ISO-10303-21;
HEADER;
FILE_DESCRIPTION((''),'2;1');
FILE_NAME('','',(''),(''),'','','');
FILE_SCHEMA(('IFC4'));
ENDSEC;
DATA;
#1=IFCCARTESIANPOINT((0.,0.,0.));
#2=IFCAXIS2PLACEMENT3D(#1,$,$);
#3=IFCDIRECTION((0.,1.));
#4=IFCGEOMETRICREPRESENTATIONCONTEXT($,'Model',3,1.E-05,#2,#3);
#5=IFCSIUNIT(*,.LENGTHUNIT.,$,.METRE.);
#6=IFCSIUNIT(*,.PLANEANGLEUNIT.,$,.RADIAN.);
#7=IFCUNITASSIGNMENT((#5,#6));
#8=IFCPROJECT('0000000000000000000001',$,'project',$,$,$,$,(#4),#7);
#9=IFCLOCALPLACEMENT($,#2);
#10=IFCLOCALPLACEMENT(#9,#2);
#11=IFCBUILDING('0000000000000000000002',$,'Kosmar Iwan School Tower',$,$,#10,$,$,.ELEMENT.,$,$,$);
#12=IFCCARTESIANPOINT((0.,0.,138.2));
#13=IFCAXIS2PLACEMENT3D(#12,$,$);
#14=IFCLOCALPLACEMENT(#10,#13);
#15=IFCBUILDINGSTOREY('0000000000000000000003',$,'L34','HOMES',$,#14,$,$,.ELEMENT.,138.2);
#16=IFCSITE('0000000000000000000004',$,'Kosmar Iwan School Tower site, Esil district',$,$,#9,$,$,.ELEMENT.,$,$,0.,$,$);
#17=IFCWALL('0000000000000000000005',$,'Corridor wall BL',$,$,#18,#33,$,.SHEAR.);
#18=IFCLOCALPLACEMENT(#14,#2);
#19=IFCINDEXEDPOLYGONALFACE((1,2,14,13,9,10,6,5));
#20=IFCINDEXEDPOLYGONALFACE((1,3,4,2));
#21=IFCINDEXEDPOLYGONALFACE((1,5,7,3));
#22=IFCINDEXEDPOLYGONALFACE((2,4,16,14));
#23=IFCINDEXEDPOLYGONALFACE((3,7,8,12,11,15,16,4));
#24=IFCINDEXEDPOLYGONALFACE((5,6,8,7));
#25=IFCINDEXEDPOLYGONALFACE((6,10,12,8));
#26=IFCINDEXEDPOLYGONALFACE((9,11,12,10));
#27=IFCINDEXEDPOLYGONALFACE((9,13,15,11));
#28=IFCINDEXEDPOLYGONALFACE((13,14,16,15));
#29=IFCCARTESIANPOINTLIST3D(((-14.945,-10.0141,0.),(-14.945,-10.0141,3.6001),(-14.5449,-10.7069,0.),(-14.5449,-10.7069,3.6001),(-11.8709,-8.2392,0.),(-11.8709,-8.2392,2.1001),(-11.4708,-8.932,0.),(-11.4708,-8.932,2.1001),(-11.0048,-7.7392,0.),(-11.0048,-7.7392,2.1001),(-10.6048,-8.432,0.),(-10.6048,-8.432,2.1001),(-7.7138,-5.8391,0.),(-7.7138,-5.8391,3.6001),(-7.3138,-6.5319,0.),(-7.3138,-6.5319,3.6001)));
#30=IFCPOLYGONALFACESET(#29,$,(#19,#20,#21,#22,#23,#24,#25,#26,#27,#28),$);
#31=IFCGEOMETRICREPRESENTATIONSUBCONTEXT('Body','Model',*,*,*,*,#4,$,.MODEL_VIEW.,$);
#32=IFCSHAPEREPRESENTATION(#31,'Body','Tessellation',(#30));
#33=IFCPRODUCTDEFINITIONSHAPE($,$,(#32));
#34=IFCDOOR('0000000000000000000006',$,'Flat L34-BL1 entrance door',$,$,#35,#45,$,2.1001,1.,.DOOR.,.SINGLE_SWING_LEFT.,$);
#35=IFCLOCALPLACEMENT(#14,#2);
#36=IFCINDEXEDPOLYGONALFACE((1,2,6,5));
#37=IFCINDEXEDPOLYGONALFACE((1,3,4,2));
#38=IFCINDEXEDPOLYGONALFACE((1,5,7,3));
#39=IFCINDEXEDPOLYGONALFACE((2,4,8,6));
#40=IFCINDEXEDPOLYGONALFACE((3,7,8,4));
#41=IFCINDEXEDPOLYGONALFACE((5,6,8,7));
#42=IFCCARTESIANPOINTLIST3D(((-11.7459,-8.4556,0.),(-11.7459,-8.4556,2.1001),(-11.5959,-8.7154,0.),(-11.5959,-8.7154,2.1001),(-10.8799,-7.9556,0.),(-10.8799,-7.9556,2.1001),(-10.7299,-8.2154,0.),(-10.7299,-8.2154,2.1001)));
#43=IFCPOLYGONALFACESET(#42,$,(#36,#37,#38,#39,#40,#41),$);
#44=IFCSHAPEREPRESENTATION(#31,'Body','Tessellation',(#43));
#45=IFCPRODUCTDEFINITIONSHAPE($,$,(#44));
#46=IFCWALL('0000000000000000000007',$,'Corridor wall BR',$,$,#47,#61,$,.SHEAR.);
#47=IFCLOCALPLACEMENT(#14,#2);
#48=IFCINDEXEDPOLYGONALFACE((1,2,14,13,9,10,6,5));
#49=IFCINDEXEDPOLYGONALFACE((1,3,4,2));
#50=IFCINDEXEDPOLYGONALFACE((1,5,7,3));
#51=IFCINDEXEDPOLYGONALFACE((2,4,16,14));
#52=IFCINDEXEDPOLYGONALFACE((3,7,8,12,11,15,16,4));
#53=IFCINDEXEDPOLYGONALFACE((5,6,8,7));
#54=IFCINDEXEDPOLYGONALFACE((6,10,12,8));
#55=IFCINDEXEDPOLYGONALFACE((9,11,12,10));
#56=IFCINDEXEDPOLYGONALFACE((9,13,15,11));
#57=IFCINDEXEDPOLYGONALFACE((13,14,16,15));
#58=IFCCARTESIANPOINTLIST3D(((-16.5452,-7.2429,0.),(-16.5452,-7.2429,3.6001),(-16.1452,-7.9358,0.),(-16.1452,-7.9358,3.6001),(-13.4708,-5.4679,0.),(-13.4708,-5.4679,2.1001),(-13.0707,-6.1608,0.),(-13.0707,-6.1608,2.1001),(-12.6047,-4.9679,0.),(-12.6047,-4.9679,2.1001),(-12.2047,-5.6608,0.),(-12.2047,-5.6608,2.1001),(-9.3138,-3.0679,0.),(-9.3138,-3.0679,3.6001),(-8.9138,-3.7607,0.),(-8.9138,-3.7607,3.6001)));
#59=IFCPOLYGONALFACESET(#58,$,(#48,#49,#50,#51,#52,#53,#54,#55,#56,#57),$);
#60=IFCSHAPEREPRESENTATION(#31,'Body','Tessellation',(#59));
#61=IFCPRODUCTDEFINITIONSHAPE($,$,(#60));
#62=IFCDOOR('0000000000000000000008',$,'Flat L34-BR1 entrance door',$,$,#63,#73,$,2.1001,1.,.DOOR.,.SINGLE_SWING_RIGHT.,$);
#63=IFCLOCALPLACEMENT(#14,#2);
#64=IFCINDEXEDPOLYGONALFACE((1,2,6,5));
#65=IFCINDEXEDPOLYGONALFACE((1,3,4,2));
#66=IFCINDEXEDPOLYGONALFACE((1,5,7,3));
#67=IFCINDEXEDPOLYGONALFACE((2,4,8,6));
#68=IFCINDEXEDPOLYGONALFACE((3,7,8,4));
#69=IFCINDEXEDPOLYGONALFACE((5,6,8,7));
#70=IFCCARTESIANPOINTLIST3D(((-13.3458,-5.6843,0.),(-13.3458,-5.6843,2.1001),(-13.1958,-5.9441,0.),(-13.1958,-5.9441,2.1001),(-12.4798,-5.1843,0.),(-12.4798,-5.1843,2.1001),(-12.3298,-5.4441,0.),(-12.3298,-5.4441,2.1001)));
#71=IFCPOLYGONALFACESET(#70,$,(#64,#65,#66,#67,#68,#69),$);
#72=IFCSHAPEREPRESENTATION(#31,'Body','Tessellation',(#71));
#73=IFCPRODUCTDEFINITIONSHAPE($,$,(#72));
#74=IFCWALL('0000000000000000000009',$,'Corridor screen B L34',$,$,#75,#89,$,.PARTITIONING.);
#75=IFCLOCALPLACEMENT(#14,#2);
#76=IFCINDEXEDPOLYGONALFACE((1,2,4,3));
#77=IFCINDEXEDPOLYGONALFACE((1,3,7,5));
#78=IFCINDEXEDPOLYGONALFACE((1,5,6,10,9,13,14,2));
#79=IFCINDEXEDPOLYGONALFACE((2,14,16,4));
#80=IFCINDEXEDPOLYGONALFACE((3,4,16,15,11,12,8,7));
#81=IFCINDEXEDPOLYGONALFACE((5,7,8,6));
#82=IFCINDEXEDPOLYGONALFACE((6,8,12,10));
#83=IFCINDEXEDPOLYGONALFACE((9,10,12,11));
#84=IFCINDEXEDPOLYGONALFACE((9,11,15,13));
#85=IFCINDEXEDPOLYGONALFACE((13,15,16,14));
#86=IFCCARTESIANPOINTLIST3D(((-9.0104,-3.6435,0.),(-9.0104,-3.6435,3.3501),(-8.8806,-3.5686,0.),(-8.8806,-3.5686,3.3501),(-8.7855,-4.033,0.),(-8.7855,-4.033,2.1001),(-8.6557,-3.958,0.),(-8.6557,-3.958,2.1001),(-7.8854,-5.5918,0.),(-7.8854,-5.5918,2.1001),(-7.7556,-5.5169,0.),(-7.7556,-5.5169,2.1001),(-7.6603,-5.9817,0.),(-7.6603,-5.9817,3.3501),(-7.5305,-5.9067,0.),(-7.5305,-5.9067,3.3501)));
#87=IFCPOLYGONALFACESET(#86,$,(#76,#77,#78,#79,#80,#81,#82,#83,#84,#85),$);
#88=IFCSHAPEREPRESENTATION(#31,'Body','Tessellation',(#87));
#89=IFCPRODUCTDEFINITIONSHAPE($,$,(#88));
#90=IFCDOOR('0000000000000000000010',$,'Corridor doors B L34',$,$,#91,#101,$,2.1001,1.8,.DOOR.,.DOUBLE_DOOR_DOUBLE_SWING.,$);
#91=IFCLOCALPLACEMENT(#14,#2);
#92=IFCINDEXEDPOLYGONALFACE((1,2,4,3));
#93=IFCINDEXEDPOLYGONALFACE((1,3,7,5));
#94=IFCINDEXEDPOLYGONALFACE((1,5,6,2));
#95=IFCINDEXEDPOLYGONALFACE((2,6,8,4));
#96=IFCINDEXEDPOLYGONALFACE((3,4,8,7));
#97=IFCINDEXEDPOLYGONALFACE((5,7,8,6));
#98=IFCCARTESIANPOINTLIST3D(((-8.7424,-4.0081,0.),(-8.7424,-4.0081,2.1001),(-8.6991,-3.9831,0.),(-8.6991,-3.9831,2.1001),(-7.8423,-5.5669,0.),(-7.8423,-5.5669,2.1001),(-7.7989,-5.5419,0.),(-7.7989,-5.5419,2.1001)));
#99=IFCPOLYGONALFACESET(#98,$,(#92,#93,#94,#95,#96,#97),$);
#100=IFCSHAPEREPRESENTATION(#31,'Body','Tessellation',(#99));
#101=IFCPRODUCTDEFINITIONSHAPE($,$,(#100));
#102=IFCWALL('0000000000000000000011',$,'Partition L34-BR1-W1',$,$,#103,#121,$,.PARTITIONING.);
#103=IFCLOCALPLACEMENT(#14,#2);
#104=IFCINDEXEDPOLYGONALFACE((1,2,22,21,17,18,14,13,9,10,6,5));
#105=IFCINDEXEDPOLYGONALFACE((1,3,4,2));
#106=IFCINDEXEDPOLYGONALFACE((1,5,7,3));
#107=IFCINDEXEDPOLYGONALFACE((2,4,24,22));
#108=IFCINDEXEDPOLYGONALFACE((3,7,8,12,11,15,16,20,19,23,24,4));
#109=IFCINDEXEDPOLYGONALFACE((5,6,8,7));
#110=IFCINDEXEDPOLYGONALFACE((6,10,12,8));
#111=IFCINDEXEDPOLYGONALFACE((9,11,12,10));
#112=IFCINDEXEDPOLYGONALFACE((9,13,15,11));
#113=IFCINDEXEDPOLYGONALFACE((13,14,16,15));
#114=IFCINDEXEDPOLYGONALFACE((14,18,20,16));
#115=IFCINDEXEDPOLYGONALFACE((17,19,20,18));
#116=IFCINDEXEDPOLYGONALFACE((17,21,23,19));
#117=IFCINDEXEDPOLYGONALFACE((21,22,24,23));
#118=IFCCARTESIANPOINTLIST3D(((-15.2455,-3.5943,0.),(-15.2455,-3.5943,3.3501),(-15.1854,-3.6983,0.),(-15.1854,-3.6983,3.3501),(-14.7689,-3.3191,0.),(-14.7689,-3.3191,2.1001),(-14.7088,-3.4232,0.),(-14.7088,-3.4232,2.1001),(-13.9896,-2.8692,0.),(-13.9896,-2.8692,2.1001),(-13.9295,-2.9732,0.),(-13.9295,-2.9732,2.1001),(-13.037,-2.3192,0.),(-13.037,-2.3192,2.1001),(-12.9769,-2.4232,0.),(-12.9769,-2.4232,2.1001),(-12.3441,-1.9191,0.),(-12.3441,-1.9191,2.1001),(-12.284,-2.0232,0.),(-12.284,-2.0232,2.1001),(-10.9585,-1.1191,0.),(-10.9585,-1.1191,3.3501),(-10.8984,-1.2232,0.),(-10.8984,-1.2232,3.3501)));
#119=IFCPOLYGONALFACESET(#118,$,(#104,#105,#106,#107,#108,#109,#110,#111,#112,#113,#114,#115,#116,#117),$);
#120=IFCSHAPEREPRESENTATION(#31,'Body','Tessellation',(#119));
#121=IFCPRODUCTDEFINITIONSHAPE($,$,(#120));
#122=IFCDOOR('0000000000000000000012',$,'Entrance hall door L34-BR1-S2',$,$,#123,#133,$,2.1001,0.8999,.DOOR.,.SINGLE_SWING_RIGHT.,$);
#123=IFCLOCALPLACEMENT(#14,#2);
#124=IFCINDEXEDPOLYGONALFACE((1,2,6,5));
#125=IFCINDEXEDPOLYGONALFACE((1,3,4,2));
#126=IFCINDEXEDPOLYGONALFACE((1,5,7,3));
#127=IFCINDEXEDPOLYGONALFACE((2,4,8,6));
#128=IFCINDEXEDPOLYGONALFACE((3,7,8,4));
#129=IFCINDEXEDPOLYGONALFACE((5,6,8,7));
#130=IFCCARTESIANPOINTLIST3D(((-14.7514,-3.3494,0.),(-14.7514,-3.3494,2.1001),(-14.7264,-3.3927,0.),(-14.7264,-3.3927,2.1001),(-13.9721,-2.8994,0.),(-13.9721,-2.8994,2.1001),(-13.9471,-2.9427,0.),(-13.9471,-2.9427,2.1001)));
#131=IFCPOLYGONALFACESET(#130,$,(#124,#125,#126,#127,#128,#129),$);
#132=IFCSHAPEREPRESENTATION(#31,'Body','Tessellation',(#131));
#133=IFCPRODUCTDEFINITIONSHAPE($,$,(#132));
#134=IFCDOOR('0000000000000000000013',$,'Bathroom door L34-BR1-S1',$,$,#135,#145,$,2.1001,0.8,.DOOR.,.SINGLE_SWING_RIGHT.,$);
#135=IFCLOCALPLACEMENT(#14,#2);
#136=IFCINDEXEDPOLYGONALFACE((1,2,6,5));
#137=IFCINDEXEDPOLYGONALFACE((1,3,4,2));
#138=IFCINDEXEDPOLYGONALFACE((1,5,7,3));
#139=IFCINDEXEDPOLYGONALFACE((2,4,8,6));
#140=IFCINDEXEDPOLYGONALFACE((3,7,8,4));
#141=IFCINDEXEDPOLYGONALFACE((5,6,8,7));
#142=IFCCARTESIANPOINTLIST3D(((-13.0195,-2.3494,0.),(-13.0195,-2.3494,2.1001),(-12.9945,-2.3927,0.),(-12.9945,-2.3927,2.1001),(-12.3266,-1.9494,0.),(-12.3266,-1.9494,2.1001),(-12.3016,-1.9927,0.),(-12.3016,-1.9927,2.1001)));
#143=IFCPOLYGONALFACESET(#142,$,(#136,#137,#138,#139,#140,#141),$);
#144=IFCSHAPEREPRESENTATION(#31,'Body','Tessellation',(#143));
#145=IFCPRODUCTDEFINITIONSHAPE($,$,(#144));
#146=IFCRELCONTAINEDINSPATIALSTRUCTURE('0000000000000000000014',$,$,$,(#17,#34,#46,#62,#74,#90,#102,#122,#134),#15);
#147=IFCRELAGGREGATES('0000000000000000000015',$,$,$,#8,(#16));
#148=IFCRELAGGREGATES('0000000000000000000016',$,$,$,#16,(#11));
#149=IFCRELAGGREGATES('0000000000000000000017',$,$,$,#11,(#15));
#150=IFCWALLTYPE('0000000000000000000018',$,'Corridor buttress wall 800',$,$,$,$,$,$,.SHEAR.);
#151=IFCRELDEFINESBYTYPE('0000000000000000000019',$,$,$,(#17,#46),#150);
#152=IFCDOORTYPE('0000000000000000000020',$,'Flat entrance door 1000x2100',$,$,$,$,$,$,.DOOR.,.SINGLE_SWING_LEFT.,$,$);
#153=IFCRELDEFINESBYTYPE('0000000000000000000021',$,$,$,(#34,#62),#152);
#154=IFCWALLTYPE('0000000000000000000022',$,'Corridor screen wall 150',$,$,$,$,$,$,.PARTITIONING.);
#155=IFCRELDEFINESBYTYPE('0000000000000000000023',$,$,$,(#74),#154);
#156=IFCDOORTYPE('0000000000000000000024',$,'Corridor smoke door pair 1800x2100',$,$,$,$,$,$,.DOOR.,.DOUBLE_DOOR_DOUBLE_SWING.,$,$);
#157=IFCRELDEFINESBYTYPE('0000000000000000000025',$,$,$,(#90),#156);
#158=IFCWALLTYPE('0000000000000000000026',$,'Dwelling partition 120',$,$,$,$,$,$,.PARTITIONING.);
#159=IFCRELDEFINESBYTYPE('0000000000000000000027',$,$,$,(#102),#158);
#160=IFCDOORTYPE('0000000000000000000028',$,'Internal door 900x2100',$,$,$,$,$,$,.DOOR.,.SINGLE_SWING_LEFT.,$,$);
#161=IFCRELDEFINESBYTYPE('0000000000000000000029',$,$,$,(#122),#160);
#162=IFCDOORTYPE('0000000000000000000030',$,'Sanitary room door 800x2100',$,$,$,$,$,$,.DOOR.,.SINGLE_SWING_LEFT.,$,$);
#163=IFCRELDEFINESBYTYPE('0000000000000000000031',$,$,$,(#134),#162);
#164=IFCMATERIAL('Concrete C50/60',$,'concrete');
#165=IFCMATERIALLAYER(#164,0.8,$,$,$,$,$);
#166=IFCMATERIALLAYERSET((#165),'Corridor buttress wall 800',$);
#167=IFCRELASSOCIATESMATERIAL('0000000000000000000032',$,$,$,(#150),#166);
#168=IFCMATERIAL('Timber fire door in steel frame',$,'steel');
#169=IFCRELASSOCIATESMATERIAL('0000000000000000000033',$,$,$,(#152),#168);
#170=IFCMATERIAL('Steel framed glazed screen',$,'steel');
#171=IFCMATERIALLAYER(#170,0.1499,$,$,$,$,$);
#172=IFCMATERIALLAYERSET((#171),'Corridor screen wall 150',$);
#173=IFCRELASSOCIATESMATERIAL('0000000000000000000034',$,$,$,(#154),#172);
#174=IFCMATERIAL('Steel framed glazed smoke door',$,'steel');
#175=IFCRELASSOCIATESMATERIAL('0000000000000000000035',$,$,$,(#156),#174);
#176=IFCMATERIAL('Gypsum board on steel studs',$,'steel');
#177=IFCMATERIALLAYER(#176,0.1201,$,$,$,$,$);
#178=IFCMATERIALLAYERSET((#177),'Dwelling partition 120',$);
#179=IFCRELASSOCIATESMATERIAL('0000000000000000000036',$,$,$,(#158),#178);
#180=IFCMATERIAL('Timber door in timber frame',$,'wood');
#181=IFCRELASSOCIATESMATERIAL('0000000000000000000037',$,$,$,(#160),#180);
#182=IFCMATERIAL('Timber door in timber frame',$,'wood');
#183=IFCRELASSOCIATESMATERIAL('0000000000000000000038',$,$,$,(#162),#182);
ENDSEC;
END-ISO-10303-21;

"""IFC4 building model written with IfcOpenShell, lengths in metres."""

from ifc_helpers import new_model, si_unit, direction, frame, frame_2d, origin, place, context, subcontext, project, spatial, rectangle, extrude, material, layer, layer_set, type_object, element, fill, save


model = new_model("IFC4")

# Units and contexts
model_context = context("Model", 3, precision=1e-05, world=origin(), true_north=direction((0.0, 1.0)))
body_context = subcontext(model_context, "Body", "Model", "MODEL_VIEW")
ifc_project = project(units=[si_unit("LENGTHUNIT", "METRE"), si_unit("PLANEANGLEUNIT", "RADIAN")], contexts=[model_context])

# Site, building, storey
site_placement = place(None, origin())
site = spatial("IfcSite", under=ifc_project, at=site_placement, Name="Kosmar Iwan School Tower site, Esil district", CompositionType="ELEMENT", RefElevation=0.0)
building_placement = place(site_placement, origin())
building = spatial("IfcBuilding", under=site, at=building_placement, Name="Kosmar Iwan School Tower", CompositionType="ELEMENT")
storey_placement = place(building_placement, frame((0.0, 0.0, 138.2)))
storey = spatial("IfcBuildingStorey", under=building, at=storey_placement, Name="L34", Description="HOMES", CompositionType="ELEMENT", Elevation=138.2)

# Walls, openings, doors
ifc_material_1 = material(Name="Concrete C50/60", Category="concrete")
ifc_layer_1 = layer(ifc_material_1, 0.8)
ifc_layer_set_1 = layer_set([ifc_layer_1], Name="Corridor buttress wall 800")
wall_type_1 = type_object("IfcWallType", Name="Corridor buttress wall 800", PredefinedType="SHEAR", material=ifc_layer_set_1)
wall_1_placement = place(storey_placement, frame((-7.5139, -6.1855, 0.0), z_axis=(0.0, 0.0, 1.0), x_axis=(-0.86602, -0.50001, 0.0)))
wall_1 = element("IfcWall", 1, at=wall_1_placement, inside=storey, type_object=wall_type_1, Name="Corridor wall BL", PredefinedType="SHEAR", context=body_context, shape_type="SweptSolid", body=[
    extrude(rectangle(XDim=8.3499, YDim=0.8, at=frame_2d((4.1748, 0.0))), origin(), (0.0, 0.0, 1.0), 3.6001),
])
opening_1_placement = place(wall_1_placement, frame((3.8, 0.0, 0.0)))
opening_1 = element("IfcOpeningElement", 2, at=opening_1_placement, cuts=wall_1, PredefinedType="OPENING", context=body_context, shape_type="SweptSolid", body=[
    extrude(rectangle(XDim=1.0, YDim=2.1001, at=frame_2d((0.5, 1.05))), frame((0.0, 0.4121, 0.0), z_axis=(0.0, -1.0, 0.0), x_axis=(1.0, 0.0, 0.0)), (0.0, 0.0, 1.0), 0.824),
])
ifc_material_2 = material(Name="Timber fire door in steel frame", Category="steel")
door_type_1 = type_object("IfcDoorType", Name="Flat entrance door 1000x2100", OperationType="SINGLE_SWING_LEFT", PredefinedType="DOOR", material=ifc_material_2)
door_1_placement = place(opening_1_placement, origin())
door_1 = element("IfcDoor", 3, at=door_1_placement, inside=storey, type_object=door_type_1, Name="Flat L34-BL1 entrance door", OperationType="SINGLE_SWING_LEFT", OverallHeight=2.1001, OverallWidth=1.0, PredefinedType="DOOR", context=body_context, shape_type="SweptSolid", body=[
    extrude(rectangle(XDim=1.0, YDim=2.1001, at=frame_2d((0.5, 1.05))), frame((0.0, 0.1499, 0.0), z_axis=(0.0, -1.0, 0.0), x_axis=(1.0, 0.0, 0.0)), (0.0, 0.0, 1.0), 0.3),
])
fill(opening_1, door_1)
wall_2_placement = place(storey_placement, frame((-9.1138, -3.4143, 0.0), z_axis=(0.0, 0.0, 1.0), x_axis=(-0.866027, -0.499997, 0.0)))
wall_2 = element("IfcWall", 4, at=wall_2_placement, inside=storey, type_object=wall_type_1, Name="Corridor wall BR", PredefinedType="SHEAR", context=body_context, shape_type="SweptSolid", body=[
    extrude(rectangle(XDim=8.3501, YDim=0.8, at=frame_2d((4.175, 0.0))), origin(), (0.0, 0.0, 1.0), 3.6001),
])
opening_2_placement = place(wall_2_placement, frame((3.8, 0.0, 0.0)))
opening_2 = element("IfcOpeningElement", 5, at=opening_2_placement, cuts=wall_2, PredefinedType="OPENING", context=body_context, shape_type="SweptSolid", body=[
    extrude(rectangle(XDim=1.0, YDim=2.1001, at=frame_2d((0.5, 1.05))), frame((0.0, 0.4121, 0.0), z_axis=(0.0, -1.0, 0.0), x_axis=(1.0, 0.0, 0.0)), (0.0, 0.0, 1.0), 0.824),
])
door_2_placement = place(opening_2_placement, origin())
door_2 = element("IfcDoor", 6, at=door_2_placement, inside=storey, type_object=door_type_1, Name="Flat L34-BR1 entrance door", OperationType="SINGLE_SWING_RIGHT", OverallHeight=2.1001, OverallWidth=1.0, PredefinedType="DOOR", context=body_context, shape_type="SweptSolid", body=[
    extrude(rectangle(XDim=1.0, YDim=2.1001, at=frame_2d((0.5, 1.05))), frame((0.0, 0.1499, 0.0), z_axis=(0.0, -1.0, 0.0), x_axis=(1.0, 0.0, 0.0)), (0.0, 0.0, 1.0), 0.3),
])
fill(opening_2, door_2)
ifc_material_3 = material(Name="Steel framed glazed screen", Category="steel")
ifc_layer_2 = layer(ifc_material_3, 0.1499)
ifc_layer_set_2 = layer_set([ifc_layer_2], Name="Corridor screen wall 150")
wall_type_2 = type_object("IfcWallType", Name="Corridor screen wall 150", PredefinedType="PARTITIONING", material=ifc_layer_set_2)
wall_3_placement = place(storey_placement, frame((-8.9456, -3.606, 0.0), z_axis=(0.0, 0.0, 1.0), x_axis=(0.500049, -0.865997, 0.0)))
wall_3 = element("IfcWall", 7, at=wall_3_placement, inside=storey, type_object=wall_type_2, Name="Corridor screen B L34", PredefinedType="PARTITIONING", context=body_context, shape_type="SweptSolid", body=[
    extrude(rectangle(XDim=2.7, YDim=0.1499, at=frame_2d((1.3501, 0.0))), origin(), (0.0, 0.0, 1.0), 3.3501),
])
opening_3_placement = place(wall_3_placement, frame((0.45, 0.0, 0.0)))
opening_3 = element("IfcOpeningElement", 8, at=opening_3_placement, cuts=wall_3, PredefinedType="OPENING", context=body_context, shape_type="SweptSolid", body=[
    extrude(rectangle(XDim=1.8, YDim=2.1001, at=frame_2d((0.8999, 1.05))), frame((0.0, 0.0869, 0.0), z_axis=(0.0, -1.0, 0.0), x_axis=(1.0, 0.0, 0.0)), (0.0, 0.0, 1.0), 0.1738),
])
ifc_material_4 = material(Name="Steel framed glazed smoke door", Category="steel")
door_type_2 = type_object("IfcDoorType", Name="Corridor smoke door pair 1800x2100", OperationType="DOUBLE_DOOR_DOUBLE_SWING", PredefinedType="DOOR", material=ifc_material_4)
door_3_placement = place(opening_3_placement, origin())
door_3 = element("IfcDoor", 9, at=door_3_placement, inside=storey, type_object=door_type_2, Name="Corridor doors B L34", OperationType="DOUBLE_DOOR_DOUBLE_SWING", OverallHeight=2.1001, OverallWidth=1.8, PredefinedType="DOOR", context=body_context, shape_type="SweptSolid", body=[
    extrude(rectangle(XDim=1.8, YDim=2.1001, at=frame_2d((0.8999, 1.05))), frame((0.0, 0.0249, 0.0), z_axis=(0.0, -1.0, 0.0), x_axis=(1.0, 0.0, 0.0)), (0.0, 0.0, 1.0), 0.05),
])
fill(opening_3, door_3)

# Wall, openings, doors
ifc_material_5 = material(Name="Gypsum board on steel studs", Category="steel")
ifc_layer_3 = layer(ifc_material_5, 0.1201)
ifc_layer_set_3 = layer_set([ifc_layer_3], Name="Dwelling partition 120")
wall_type_3 = type_object("IfcWallType", Name="Dwelling partition 120", PredefinedType="PARTITIONING", material=ifc_layer_set_3)
wall_4_placement = place(storey_placement, frame((-10.9285, -1.1711, 0.0), z_axis=(0.0, 0.0, 1.0), x_axis=(-0.866019, -0.500011, 0.0)))
wall_4 = element("IfcWall", 10, at=wall_4_placement, inside=storey, type_object=wall_type_3, Name="Partition L34-BR1-W1", PredefinedType="PARTITIONING", context=body_context, shape_type="SweptSolid", body=[
    extrude(rectangle(XDim=4.9502, YDim=0.1201, at=frame_2d((2.4751, 0.0))), origin(), (0.0, 0.0, 1.0), 3.3501),
])
opening_4_placement = place(wall_4_placement, frame((1.6001, 0.0, 0.0)))
opening_4 = element("IfcOpeningElement", 11, at=opening_4_placement, cuts=wall_4, PredefinedType="OPENING", context=body_context, shape_type="SweptSolid", body=[
    extrude(rectangle(XDim=0.8, YDim=2.1001, at=frame_2d((0.3999, 1.05))), frame((0.0, 0.072, 0.0), z_axis=(0.0, -1.0, 0.0), x_axis=(1.0, 0.0, 0.0)), (0.0, 0.0, 1.0), 0.144),
])
opening_5_placement = place(wall_4_placement, frame((3.5, 0.0, 0.0)))
opening_5 = element("IfcOpeningElement", 12, at=opening_5_placement, cuts=wall_4, PredefinedType="OPENING", context=body_context, shape_type="SweptSolid", body=[
    extrude(rectangle(XDim=0.8999, YDim=2.1001, at=frame_2d((0.45, 1.05))), frame((0.0, 0.072, 0.0), z_axis=(0.0, -1.0, 0.0), x_axis=(1.0, 0.0, 0.0)), (0.0, 0.0, 1.0), 0.144),
])
ifc_material_6 = material(Name="Timber door in timber frame", Category="wood")
door_type_3 = type_object("IfcDoorType", Name="Internal door 900x2100", OperationType="SINGLE_SWING_LEFT", PredefinedType="DOOR", material=ifc_material_6)
door_4_placement = place(opening_5_placement, origin())
door_4 = element("IfcDoor", 13, at=door_4_placement, inside=storey, type_object=door_type_3, Name="Entrance hall door L34-BR1-S2", OperationType="SINGLE_SWING_RIGHT", OverallHeight=2.1001, OverallWidth=0.8999, PredefinedType="DOOR", context=body_context, shape_type="SweptSolid", body=[
    extrude(rectangle(XDim=0.8999, YDim=2.1001, at=frame_2d((0.45, 1.05))), frame((0.0, 0.0249, 0.0), z_axis=(0.0, -1.0, 0.0), x_axis=(1.0, 0.0, 0.0)), (0.0, 0.0, 1.0), 0.05),
])
fill(opening_5, door_4)
ifc_material_7 = material(Name="Timber door in timber frame", Category="wood")
door_type_4 = type_object("IfcDoorType", Name="Sanitary room door 800x2100", OperationType="SINGLE_SWING_LEFT", PredefinedType="DOOR", material=ifc_material_7)
door_5_placement = place(opening_4_placement, origin())
door_5 = element("IfcDoor", 14, at=door_5_placement, inside=storey, type_object=door_type_4, Name="Bathroom door L34-BR1-S1", OperationType="SINGLE_SWING_RIGHT", OverallHeight=2.1001, OverallWidth=0.8, PredefinedType="DOOR", context=body_context, shape_type="SweptSolid", body=[
    extrude(rectangle(XDim=0.8, YDim=2.1001, at=frame_2d((0.3999, 1.05))), frame((0.0, 0.0249, 0.0), z_axis=(0.0, -1.0, 0.0), x_axis=(1.0, 0.0, 0.0)), (0.0, 0.0, 1.0), 0.05),
])
fill(opening_4, door_5)

save(model, "model.ifc")
